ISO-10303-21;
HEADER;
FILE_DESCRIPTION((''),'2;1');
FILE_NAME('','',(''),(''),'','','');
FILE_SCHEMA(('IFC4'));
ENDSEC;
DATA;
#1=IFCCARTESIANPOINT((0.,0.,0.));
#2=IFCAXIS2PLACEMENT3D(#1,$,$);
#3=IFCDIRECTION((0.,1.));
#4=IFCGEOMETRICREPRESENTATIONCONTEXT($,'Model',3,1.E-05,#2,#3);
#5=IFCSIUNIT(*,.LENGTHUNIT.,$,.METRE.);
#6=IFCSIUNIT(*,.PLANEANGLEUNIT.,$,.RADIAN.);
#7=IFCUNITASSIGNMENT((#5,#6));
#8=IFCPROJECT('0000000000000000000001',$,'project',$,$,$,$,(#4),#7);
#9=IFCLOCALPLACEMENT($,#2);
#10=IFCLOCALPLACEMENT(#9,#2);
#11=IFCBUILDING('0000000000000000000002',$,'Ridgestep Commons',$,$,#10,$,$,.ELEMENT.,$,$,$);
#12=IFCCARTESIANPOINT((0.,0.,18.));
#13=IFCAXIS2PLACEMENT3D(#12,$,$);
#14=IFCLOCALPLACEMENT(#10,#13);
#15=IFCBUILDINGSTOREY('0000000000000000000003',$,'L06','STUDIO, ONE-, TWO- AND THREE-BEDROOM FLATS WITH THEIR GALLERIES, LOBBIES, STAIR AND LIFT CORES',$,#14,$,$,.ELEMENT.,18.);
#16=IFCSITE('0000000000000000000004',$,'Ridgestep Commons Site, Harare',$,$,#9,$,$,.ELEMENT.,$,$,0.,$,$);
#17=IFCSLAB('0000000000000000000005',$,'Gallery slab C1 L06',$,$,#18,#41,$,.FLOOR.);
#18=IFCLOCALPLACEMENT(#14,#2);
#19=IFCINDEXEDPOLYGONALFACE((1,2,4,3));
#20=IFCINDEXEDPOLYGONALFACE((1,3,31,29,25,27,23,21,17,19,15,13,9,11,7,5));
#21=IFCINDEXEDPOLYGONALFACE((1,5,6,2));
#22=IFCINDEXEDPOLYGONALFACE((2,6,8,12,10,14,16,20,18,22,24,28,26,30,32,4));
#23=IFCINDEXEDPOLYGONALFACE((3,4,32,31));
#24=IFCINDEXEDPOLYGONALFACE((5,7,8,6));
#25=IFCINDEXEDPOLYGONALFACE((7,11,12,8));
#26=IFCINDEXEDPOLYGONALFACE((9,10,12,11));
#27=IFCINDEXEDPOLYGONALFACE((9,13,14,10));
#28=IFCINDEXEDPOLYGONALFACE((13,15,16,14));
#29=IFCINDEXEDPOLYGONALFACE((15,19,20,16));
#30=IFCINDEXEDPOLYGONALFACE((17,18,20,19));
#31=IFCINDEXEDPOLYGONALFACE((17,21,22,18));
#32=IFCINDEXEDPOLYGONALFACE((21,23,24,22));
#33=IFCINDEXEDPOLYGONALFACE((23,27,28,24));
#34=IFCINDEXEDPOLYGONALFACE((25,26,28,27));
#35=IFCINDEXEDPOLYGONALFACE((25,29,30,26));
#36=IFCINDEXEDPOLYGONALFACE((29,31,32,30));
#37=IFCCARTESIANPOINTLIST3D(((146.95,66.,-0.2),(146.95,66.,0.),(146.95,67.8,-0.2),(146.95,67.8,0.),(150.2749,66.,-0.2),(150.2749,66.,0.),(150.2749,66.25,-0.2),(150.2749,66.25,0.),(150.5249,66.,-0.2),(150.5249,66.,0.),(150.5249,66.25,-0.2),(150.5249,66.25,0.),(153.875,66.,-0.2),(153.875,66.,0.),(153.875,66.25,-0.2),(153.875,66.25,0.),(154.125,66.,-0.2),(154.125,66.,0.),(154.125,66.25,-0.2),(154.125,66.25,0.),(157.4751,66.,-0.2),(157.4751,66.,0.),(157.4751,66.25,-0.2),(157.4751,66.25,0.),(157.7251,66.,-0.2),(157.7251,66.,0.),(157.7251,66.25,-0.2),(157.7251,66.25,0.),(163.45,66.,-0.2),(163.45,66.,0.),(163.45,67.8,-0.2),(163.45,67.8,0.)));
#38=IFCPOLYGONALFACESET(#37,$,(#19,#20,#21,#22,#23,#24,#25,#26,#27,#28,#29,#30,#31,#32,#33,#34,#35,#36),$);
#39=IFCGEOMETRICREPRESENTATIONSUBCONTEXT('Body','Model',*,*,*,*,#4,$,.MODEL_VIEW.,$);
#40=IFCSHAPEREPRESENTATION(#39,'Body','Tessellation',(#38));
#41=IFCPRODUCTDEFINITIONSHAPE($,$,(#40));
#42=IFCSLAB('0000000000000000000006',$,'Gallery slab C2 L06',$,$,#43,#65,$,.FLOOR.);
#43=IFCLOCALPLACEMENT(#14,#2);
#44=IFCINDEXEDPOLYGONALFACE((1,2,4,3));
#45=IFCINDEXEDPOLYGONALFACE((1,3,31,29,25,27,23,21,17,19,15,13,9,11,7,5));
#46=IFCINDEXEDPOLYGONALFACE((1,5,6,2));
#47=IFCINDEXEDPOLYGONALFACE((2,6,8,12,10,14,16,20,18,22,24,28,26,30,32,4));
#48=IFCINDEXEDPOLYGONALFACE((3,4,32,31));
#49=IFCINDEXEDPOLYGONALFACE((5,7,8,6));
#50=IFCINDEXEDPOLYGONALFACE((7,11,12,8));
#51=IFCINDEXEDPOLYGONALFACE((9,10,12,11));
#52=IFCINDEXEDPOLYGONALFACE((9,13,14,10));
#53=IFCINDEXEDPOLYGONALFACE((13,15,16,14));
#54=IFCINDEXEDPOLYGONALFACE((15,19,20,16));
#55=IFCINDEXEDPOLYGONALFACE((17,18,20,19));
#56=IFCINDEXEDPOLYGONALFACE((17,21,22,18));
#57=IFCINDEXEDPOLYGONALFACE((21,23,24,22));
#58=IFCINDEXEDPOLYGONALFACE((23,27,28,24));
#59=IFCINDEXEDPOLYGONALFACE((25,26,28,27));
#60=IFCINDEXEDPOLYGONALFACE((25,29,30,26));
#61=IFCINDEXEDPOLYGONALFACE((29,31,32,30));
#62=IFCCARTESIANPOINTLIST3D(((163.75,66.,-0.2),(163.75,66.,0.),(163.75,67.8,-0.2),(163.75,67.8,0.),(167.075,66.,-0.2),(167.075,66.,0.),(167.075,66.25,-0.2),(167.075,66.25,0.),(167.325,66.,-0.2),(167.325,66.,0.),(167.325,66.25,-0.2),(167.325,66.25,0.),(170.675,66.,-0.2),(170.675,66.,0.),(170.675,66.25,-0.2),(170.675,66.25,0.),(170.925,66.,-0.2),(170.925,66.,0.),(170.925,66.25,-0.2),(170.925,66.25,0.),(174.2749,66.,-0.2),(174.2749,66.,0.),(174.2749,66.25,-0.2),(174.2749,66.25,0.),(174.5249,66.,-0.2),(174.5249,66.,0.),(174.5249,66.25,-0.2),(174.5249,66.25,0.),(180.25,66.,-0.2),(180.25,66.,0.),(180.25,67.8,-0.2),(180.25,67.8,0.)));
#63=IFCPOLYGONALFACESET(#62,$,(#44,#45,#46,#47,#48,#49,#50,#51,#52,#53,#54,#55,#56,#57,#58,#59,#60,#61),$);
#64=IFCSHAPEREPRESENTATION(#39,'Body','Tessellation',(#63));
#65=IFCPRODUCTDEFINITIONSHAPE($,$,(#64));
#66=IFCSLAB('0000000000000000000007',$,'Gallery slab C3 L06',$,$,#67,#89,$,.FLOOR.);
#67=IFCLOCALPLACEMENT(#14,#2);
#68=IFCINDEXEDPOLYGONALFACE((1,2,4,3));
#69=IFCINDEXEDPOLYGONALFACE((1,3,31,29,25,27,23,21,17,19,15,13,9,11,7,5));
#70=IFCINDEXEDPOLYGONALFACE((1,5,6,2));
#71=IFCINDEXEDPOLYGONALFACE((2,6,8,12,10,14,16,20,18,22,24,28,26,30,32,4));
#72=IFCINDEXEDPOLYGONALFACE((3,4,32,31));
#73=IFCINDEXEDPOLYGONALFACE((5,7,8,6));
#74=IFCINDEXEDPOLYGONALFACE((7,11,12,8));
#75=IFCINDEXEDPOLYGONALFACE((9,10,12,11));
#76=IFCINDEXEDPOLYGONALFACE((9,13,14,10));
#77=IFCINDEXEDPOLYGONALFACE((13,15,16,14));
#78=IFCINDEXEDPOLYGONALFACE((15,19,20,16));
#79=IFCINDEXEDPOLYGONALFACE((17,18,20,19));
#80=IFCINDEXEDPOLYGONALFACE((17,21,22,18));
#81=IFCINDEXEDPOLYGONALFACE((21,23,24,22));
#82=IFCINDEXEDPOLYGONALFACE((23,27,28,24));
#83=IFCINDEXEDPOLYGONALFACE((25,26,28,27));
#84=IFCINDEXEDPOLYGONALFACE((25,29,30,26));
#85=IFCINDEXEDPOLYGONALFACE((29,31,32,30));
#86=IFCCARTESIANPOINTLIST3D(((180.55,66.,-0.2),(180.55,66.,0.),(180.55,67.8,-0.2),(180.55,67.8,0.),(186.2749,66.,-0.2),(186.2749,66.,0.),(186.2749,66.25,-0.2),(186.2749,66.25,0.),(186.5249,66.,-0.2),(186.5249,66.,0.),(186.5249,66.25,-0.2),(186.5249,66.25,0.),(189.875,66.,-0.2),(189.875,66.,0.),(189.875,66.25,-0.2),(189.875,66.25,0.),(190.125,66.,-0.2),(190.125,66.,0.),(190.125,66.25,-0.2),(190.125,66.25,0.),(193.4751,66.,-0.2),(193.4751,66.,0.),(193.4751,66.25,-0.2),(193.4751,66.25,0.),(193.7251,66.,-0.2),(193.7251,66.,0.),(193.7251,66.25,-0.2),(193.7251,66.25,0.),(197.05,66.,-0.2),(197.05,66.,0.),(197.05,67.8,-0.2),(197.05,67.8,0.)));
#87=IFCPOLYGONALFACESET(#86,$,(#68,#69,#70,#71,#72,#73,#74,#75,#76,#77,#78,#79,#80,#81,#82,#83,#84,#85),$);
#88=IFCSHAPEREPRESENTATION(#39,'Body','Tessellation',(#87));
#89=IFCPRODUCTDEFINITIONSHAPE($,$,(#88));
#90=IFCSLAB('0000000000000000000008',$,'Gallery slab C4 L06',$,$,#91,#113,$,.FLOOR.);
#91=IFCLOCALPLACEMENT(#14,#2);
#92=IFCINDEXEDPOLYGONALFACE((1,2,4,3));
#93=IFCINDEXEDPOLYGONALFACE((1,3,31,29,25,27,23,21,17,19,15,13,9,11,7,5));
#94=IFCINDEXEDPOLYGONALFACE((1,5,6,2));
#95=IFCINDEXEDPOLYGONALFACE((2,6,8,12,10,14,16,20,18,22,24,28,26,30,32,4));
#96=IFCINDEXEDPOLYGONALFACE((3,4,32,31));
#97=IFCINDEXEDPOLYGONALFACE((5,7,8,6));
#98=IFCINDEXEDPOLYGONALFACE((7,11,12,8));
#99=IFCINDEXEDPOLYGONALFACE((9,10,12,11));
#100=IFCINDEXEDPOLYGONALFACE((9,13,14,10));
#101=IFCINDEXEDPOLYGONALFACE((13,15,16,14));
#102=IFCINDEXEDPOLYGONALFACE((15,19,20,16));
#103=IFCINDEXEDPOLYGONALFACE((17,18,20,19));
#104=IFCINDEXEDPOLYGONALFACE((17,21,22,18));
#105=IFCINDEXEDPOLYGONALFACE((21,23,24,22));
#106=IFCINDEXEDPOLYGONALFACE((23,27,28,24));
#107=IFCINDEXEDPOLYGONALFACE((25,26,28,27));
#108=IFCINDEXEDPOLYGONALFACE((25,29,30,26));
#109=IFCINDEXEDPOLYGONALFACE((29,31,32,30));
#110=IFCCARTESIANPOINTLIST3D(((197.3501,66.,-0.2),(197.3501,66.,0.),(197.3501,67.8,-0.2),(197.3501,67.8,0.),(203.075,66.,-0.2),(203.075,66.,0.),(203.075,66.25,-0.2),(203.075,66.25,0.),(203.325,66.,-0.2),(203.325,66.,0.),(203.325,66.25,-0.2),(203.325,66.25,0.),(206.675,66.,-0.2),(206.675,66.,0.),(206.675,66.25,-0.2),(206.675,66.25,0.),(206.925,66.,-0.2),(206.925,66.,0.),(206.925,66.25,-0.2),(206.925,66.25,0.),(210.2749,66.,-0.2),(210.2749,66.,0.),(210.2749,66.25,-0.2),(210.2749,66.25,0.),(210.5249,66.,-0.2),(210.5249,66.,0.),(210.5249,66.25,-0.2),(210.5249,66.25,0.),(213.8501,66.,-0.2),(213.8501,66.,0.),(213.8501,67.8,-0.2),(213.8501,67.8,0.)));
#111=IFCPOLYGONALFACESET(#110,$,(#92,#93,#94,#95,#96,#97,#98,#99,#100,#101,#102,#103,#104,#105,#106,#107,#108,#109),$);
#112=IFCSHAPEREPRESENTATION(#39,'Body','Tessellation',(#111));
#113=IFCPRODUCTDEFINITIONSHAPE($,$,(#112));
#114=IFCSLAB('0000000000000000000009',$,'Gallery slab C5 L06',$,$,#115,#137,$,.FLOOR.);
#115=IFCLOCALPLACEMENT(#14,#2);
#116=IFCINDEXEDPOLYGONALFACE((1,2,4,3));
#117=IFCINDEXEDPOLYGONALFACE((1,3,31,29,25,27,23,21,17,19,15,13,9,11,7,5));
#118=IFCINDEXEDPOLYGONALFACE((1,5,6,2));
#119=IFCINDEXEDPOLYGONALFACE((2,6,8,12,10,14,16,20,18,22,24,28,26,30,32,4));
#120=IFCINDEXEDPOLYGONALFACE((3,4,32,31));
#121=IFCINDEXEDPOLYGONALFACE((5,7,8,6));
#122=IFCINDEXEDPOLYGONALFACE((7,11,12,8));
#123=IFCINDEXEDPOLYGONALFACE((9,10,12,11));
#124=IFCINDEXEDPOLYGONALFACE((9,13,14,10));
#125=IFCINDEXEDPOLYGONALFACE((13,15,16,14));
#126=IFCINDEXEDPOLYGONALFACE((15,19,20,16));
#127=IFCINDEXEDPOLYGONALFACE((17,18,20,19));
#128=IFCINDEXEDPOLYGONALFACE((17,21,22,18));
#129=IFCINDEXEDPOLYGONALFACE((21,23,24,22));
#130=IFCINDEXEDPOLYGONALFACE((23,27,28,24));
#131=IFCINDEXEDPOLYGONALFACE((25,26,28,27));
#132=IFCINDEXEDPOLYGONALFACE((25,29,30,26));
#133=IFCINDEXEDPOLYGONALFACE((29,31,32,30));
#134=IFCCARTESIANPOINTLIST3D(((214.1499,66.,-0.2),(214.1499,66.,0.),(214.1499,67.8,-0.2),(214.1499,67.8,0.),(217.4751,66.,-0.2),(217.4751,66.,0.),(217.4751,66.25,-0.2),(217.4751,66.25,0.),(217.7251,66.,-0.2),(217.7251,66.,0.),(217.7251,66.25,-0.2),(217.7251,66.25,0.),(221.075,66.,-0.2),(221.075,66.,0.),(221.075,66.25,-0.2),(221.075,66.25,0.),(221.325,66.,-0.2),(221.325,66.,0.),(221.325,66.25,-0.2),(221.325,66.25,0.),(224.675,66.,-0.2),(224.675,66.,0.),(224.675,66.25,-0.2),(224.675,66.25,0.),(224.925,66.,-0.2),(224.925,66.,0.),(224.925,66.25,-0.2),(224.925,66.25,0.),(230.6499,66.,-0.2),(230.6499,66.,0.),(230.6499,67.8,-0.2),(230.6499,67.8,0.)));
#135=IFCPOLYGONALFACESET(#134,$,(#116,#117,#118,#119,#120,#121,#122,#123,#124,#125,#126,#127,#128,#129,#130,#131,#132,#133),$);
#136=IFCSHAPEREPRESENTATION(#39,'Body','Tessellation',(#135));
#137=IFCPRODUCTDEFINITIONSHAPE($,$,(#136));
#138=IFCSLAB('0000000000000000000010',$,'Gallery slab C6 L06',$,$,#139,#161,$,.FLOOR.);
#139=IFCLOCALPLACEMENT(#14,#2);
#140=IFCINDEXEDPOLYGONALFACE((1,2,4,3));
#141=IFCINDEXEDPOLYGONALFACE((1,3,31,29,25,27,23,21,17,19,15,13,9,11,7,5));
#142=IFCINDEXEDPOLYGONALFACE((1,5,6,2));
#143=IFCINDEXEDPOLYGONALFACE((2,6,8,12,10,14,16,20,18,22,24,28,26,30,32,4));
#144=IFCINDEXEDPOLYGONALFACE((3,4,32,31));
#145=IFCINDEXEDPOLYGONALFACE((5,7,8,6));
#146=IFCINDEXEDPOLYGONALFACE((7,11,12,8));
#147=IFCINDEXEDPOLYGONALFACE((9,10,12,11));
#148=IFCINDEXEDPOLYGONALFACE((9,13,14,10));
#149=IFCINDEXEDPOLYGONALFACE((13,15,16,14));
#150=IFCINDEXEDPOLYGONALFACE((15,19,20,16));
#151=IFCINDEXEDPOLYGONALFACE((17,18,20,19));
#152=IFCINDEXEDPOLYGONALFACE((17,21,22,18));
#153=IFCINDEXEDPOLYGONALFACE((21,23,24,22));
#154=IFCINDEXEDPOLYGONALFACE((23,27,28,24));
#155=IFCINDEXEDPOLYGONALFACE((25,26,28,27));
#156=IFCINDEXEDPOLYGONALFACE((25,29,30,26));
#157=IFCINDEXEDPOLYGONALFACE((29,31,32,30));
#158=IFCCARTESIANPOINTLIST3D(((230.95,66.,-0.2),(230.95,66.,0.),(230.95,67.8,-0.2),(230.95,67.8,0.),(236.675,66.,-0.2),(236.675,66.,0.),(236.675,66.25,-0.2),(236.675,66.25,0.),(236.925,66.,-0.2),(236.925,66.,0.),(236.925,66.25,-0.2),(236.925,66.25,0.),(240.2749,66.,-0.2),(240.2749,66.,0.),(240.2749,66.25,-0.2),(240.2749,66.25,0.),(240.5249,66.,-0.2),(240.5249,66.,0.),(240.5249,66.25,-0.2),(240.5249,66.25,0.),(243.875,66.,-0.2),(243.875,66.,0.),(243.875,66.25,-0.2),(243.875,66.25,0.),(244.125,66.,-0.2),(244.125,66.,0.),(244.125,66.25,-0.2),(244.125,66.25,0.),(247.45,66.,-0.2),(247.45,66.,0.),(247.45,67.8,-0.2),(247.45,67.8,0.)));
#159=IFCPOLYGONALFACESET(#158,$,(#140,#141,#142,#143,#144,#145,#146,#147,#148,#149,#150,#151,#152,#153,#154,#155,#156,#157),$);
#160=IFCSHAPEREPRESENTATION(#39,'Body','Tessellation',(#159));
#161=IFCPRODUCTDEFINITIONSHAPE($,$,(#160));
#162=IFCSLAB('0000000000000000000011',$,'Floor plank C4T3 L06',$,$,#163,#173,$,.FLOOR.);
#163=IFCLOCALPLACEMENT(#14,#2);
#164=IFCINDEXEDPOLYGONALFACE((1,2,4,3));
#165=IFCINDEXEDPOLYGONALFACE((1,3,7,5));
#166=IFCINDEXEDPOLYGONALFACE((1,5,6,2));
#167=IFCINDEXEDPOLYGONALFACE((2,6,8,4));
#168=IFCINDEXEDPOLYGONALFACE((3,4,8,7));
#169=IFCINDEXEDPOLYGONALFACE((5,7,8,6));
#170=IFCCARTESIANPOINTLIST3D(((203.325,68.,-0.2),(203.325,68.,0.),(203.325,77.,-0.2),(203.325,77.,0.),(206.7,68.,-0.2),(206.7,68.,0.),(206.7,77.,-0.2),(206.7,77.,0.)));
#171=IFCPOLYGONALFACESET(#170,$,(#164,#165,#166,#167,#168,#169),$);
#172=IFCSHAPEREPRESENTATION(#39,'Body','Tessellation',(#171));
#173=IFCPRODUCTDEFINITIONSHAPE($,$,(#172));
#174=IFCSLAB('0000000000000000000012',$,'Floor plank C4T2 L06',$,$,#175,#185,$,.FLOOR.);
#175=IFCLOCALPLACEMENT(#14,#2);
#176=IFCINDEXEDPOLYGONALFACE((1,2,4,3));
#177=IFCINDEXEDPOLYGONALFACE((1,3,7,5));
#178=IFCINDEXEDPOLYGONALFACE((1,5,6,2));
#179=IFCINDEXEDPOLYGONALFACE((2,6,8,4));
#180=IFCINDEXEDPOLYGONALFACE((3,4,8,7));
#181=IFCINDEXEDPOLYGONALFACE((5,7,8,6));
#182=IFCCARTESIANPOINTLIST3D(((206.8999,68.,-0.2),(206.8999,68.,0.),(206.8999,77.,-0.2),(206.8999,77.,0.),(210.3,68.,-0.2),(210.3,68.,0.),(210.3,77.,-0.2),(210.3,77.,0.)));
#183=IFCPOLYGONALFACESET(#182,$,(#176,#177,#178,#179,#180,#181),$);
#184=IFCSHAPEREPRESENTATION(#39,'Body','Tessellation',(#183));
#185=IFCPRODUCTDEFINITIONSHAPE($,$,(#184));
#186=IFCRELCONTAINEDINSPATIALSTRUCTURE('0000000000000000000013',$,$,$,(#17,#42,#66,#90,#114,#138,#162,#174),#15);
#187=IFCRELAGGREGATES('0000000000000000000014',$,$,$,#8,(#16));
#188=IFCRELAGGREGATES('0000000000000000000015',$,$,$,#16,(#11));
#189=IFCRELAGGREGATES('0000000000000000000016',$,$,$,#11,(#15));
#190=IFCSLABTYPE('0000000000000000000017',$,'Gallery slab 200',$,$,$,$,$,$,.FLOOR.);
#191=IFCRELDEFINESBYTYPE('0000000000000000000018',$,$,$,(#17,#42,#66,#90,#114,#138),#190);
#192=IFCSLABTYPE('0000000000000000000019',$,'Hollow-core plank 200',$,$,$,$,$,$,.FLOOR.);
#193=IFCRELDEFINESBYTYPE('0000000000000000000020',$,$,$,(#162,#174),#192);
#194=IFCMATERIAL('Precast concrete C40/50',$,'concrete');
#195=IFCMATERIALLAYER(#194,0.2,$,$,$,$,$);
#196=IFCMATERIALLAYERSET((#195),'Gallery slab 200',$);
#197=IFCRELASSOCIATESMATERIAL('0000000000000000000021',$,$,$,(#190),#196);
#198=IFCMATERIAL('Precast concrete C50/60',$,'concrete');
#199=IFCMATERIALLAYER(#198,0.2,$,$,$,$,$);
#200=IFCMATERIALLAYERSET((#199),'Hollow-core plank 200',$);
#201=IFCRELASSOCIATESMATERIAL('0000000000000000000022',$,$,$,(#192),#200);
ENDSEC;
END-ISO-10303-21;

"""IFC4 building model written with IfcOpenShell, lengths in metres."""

from ifc_helpers import new_model, si_unit, direction, frame, origin, place, context, subcontext, project, spatial, polyline, outline, extrude, material, layer, layer_set, type_object, element, save


model = new_model("IFC4")

# Units and contexts
model_context = context("Model", 3, precision=1e-05, world=origin(), true_north=direction((0.0, 1.0)))
body_context = subcontext(model_context, "Body", "Model", "MODEL_VIEW")
ifc_project = project(units=[si_unit("LENGTHUNIT", "METRE"), si_unit("PLANEANGLEUNIT", "RADIAN")], contexts=[model_context])

# Site, building, storey
site_placement = place(None, origin())
site = spatial("IfcSite", under=ifc_project, at=site_placement, Name="Ridgestep Commons Site, Harare", CompositionType="ELEMENT", RefElevation=0.0)
building_placement = place(site_placement, origin())
building = spatial("IfcBuilding", under=site, at=building_placement, Name="Ridgestep Commons", CompositionType="ELEMENT")
storey_placement = place(building_placement, frame((0.0, 0.0, 18.0)))
storey = spatial("IfcBuildingStorey", under=building, at=storey_placement, Name="L06", Description="STUDIO, ONE-, TWO- AND THREE-BEDROOM FLATS WITH THEIR GALLERIES, LOBBIES, STAIR AND LIFT CORES", CompositionType="ELEMENT", Elevation=18.0)

# Slabs
ifc_material_1 = material(Name="Precast concrete C40/50", Category="concrete")
ifc_layer_1 = layer(ifc_material_1, 0.2)
ifc_layer_set_1 = layer_set([ifc_layer_1], Name="Gallery slab 200")
slab_type_1 = type_object("IfcSlabType", Name="Gallery slab 200", PredefinedType="FLOOR", material=ifc_layer_set_1)
slab_1_placement = place(storey_placement, frame((0.0, 0.0, -0.2)))
element("IfcSlab", 1, at=slab_1_placement, inside=storey, type_object=slab_type_1, Name="Gallery slab C1 L06", PredefinedType="FLOOR", context=body_context, shape_type="SweptSolid", body=[
    extrude(outline(polyline([(163.45, 67.8), (146.95, 67.8), (146.95, 66.0), (150.2749, 66.0), (150.2749, 66.25), (150.5249, 66.25), (150.5249, 66.0), (153.875, 66.0), (153.875, 66.25), (154.125, 66.25), (154.125, 66.0), (157.4751, 66.0), (157.4751, 66.25), (157.7251, 66.25), (157.7251, 66.0), (163.45, 66.0), (163.45, 67.8)])), origin(), (0.0, 0.0, 1.0), 0.2),
])
slab_2_placement = place(storey_placement, frame((0.0, 0.0, -0.2)))
element("IfcSlab", 2, at=slab_2_placement, inside=storey, type_object=slab_type_1, Name="Gallery slab C2 L06", PredefinedType="FLOOR", context=body_context, shape_type="SweptSolid", body=[
    extrude(outline(polyline([(180.25, 67.8), (163.75, 67.8), (163.75, 66.0), (167.075, 66.0), (167.075, 66.25), (167.325, 66.25), (167.325, 66.0), (170.675, 66.0), (170.675, 66.25), (170.925, 66.25), (170.925, 66.0), (174.2749, 66.0), (174.2749, 66.25), (174.5249, 66.25), (174.5249, 66.0), (180.25, 66.0), (180.25, 67.8)])), origin(), (0.0, 0.0, 1.0), 0.2),
])
slab_3_placement = place(storey_placement, frame((0.0, 0.0, -0.2)))
element("IfcSlab", 3, at=slab_3_placement, inside=storey, type_object=slab_type_1, Name="Gallery slab C3 L06", PredefinedType="FLOOR", context=body_context, shape_type="SweptSolid", body=[
    extrude(outline(polyline([(197.05, 67.8), (180.55, 67.8), (180.55, 66.0), (186.2749, 66.0), (186.2749, 66.25), (186.5249, 66.25), (186.5249, 66.0), (189.875, 66.0), (189.875, 66.25), (190.125, 66.25), (190.125, 66.0), (193.4751, 66.0), (193.4751, 66.25), (193.7251, 66.25), (193.7251, 66.0), (197.05, 66.0), (197.05, 67.8)])), origin(), (0.0, 0.0, 1.0), 0.2),
])
slab_4_placement = place(storey_placement, frame((0.0, 0.0, -0.2)))
element("IfcSlab", 4, at=slab_4_placement, inside=storey, type_object=slab_type_1, Name="Gallery slab C4 L06", PredefinedType="FLOOR", context=body_context, shape_type="SweptSolid", body=[
    extrude(outline(polyline([(213.8501, 67.8), (197.3501, 67.8), (197.3501, 66.0), (203.075, 66.0), (203.075, 66.25), (203.325, 66.25), (203.325, 66.0), (206.675, 66.0), (206.675, 66.25), (206.925, 66.25), (206.925, 66.0), (210.2749, 66.0), (210.2749, 66.25), (210.5249, 66.25), (210.5249, 66.0), (213.8501, 66.0), (213.8501, 67.8)])), origin(), (0.0, 0.0, 1.0), 0.2),
])
slab_5_placement = place(storey_placement, frame((0.0, 0.0, -0.2)))
element("IfcSlab", 5, at=slab_5_placement, inside=storey, type_object=slab_type_1, Name="Gallery slab C5 L06", PredefinedType="FLOOR", context=body_context, shape_type="SweptSolid", body=[
    extrude(outline(polyline([(230.6499, 67.8), (214.1499, 67.8), (214.1499, 66.0), (217.4751, 66.0), (217.4751, 66.25), (217.7251, 66.25), (217.7251, 66.0), (221.075, 66.0), (221.075, 66.25), (221.325, 66.25), (221.325, 66.0), (224.675, 66.0), (224.675, 66.25), (224.925, 66.25), (224.925, 66.0), (230.6499, 66.0), (230.6499, 67.8)])), origin(), (0.0, 0.0, 1.0), 0.2),
])
slab_6_placement = place(storey_placement, frame((0.0, 0.0, -0.2)))
element("IfcSlab", 6, at=slab_6_placement, inside=storey, type_object=slab_type_1, Name="Gallery slab C6 L06", PredefinedType="FLOOR", context=body_context, shape_type="SweptSolid", body=[
    extrude(outline(polyline([(247.45, 67.8), (230.95, 67.8), (230.95, 66.0), (236.675, 66.0), (236.675, 66.25), (236.925, 66.25), (236.925, 66.0), (240.2749, 66.0), (240.2749, 66.25), (240.5249, 66.25), (240.5249, 66.0), (243.875, 66.0), (243.875, 66.25), (244.125, 66.25), (244.125, 66.0), (247.45, 66.0), (247.45, 67.8)])), origin(), (0.0, 0.0, 1.0), 0.2),
])
ifc_material_2 = material(Name="Precast concrete C50/60", Category="concrete")
ifc_layer_2 = layer(ifc_material_2, 0.2)
ifc_layer_set_2 = layer_set([ifc_layer_2], Name="Hollow-core plank 200")
slab_type_2 = type_object("IfcSlabType", Name="Hollow-core plank 200", PredefinedType="FLOOR", material=ifc_layer_set_2)
slab_7_placement = place(storey_placement, frame((0.0, 0.0, -0.2)))
element("IfcSlab", 7, at=slab_7_placement, inside=storey, type_object=slab_type_2, Name="Floor plank C4T3 L06", PredefinedType="FLOOR", context=body_context, shape_type="SweptSolid", body=[
    extrude(outline(polyline([(206.7, 68.0), (206.7, 77.0), (203.325, 77.0), (203.325, 68.0), (206.7, 68.0)])), origin(), (0.0, 0.0, 1.0), 0.2),
])
slab_8_placement = place(storey_placement, frame((0.0, 0.0, -0.2)))
element("IfcSlab", 8, at=slab_8_placement, inside=storey, type_object=slab_type_2, Name="Floor plank C4T2 L06", PredefinedType="FLOOR", context=body_context, shape_type="SweptSolid", body=[
    extrude(outline(polyline([(210.3, 68.0), (210.3, 77.0), (206.8999, 77.0), (206.8999, 68.0), (210.3, 68.0)])), origin(), (0.0, 0.0, 1.0), 0.2),
])

save(model, "model.ifc")
